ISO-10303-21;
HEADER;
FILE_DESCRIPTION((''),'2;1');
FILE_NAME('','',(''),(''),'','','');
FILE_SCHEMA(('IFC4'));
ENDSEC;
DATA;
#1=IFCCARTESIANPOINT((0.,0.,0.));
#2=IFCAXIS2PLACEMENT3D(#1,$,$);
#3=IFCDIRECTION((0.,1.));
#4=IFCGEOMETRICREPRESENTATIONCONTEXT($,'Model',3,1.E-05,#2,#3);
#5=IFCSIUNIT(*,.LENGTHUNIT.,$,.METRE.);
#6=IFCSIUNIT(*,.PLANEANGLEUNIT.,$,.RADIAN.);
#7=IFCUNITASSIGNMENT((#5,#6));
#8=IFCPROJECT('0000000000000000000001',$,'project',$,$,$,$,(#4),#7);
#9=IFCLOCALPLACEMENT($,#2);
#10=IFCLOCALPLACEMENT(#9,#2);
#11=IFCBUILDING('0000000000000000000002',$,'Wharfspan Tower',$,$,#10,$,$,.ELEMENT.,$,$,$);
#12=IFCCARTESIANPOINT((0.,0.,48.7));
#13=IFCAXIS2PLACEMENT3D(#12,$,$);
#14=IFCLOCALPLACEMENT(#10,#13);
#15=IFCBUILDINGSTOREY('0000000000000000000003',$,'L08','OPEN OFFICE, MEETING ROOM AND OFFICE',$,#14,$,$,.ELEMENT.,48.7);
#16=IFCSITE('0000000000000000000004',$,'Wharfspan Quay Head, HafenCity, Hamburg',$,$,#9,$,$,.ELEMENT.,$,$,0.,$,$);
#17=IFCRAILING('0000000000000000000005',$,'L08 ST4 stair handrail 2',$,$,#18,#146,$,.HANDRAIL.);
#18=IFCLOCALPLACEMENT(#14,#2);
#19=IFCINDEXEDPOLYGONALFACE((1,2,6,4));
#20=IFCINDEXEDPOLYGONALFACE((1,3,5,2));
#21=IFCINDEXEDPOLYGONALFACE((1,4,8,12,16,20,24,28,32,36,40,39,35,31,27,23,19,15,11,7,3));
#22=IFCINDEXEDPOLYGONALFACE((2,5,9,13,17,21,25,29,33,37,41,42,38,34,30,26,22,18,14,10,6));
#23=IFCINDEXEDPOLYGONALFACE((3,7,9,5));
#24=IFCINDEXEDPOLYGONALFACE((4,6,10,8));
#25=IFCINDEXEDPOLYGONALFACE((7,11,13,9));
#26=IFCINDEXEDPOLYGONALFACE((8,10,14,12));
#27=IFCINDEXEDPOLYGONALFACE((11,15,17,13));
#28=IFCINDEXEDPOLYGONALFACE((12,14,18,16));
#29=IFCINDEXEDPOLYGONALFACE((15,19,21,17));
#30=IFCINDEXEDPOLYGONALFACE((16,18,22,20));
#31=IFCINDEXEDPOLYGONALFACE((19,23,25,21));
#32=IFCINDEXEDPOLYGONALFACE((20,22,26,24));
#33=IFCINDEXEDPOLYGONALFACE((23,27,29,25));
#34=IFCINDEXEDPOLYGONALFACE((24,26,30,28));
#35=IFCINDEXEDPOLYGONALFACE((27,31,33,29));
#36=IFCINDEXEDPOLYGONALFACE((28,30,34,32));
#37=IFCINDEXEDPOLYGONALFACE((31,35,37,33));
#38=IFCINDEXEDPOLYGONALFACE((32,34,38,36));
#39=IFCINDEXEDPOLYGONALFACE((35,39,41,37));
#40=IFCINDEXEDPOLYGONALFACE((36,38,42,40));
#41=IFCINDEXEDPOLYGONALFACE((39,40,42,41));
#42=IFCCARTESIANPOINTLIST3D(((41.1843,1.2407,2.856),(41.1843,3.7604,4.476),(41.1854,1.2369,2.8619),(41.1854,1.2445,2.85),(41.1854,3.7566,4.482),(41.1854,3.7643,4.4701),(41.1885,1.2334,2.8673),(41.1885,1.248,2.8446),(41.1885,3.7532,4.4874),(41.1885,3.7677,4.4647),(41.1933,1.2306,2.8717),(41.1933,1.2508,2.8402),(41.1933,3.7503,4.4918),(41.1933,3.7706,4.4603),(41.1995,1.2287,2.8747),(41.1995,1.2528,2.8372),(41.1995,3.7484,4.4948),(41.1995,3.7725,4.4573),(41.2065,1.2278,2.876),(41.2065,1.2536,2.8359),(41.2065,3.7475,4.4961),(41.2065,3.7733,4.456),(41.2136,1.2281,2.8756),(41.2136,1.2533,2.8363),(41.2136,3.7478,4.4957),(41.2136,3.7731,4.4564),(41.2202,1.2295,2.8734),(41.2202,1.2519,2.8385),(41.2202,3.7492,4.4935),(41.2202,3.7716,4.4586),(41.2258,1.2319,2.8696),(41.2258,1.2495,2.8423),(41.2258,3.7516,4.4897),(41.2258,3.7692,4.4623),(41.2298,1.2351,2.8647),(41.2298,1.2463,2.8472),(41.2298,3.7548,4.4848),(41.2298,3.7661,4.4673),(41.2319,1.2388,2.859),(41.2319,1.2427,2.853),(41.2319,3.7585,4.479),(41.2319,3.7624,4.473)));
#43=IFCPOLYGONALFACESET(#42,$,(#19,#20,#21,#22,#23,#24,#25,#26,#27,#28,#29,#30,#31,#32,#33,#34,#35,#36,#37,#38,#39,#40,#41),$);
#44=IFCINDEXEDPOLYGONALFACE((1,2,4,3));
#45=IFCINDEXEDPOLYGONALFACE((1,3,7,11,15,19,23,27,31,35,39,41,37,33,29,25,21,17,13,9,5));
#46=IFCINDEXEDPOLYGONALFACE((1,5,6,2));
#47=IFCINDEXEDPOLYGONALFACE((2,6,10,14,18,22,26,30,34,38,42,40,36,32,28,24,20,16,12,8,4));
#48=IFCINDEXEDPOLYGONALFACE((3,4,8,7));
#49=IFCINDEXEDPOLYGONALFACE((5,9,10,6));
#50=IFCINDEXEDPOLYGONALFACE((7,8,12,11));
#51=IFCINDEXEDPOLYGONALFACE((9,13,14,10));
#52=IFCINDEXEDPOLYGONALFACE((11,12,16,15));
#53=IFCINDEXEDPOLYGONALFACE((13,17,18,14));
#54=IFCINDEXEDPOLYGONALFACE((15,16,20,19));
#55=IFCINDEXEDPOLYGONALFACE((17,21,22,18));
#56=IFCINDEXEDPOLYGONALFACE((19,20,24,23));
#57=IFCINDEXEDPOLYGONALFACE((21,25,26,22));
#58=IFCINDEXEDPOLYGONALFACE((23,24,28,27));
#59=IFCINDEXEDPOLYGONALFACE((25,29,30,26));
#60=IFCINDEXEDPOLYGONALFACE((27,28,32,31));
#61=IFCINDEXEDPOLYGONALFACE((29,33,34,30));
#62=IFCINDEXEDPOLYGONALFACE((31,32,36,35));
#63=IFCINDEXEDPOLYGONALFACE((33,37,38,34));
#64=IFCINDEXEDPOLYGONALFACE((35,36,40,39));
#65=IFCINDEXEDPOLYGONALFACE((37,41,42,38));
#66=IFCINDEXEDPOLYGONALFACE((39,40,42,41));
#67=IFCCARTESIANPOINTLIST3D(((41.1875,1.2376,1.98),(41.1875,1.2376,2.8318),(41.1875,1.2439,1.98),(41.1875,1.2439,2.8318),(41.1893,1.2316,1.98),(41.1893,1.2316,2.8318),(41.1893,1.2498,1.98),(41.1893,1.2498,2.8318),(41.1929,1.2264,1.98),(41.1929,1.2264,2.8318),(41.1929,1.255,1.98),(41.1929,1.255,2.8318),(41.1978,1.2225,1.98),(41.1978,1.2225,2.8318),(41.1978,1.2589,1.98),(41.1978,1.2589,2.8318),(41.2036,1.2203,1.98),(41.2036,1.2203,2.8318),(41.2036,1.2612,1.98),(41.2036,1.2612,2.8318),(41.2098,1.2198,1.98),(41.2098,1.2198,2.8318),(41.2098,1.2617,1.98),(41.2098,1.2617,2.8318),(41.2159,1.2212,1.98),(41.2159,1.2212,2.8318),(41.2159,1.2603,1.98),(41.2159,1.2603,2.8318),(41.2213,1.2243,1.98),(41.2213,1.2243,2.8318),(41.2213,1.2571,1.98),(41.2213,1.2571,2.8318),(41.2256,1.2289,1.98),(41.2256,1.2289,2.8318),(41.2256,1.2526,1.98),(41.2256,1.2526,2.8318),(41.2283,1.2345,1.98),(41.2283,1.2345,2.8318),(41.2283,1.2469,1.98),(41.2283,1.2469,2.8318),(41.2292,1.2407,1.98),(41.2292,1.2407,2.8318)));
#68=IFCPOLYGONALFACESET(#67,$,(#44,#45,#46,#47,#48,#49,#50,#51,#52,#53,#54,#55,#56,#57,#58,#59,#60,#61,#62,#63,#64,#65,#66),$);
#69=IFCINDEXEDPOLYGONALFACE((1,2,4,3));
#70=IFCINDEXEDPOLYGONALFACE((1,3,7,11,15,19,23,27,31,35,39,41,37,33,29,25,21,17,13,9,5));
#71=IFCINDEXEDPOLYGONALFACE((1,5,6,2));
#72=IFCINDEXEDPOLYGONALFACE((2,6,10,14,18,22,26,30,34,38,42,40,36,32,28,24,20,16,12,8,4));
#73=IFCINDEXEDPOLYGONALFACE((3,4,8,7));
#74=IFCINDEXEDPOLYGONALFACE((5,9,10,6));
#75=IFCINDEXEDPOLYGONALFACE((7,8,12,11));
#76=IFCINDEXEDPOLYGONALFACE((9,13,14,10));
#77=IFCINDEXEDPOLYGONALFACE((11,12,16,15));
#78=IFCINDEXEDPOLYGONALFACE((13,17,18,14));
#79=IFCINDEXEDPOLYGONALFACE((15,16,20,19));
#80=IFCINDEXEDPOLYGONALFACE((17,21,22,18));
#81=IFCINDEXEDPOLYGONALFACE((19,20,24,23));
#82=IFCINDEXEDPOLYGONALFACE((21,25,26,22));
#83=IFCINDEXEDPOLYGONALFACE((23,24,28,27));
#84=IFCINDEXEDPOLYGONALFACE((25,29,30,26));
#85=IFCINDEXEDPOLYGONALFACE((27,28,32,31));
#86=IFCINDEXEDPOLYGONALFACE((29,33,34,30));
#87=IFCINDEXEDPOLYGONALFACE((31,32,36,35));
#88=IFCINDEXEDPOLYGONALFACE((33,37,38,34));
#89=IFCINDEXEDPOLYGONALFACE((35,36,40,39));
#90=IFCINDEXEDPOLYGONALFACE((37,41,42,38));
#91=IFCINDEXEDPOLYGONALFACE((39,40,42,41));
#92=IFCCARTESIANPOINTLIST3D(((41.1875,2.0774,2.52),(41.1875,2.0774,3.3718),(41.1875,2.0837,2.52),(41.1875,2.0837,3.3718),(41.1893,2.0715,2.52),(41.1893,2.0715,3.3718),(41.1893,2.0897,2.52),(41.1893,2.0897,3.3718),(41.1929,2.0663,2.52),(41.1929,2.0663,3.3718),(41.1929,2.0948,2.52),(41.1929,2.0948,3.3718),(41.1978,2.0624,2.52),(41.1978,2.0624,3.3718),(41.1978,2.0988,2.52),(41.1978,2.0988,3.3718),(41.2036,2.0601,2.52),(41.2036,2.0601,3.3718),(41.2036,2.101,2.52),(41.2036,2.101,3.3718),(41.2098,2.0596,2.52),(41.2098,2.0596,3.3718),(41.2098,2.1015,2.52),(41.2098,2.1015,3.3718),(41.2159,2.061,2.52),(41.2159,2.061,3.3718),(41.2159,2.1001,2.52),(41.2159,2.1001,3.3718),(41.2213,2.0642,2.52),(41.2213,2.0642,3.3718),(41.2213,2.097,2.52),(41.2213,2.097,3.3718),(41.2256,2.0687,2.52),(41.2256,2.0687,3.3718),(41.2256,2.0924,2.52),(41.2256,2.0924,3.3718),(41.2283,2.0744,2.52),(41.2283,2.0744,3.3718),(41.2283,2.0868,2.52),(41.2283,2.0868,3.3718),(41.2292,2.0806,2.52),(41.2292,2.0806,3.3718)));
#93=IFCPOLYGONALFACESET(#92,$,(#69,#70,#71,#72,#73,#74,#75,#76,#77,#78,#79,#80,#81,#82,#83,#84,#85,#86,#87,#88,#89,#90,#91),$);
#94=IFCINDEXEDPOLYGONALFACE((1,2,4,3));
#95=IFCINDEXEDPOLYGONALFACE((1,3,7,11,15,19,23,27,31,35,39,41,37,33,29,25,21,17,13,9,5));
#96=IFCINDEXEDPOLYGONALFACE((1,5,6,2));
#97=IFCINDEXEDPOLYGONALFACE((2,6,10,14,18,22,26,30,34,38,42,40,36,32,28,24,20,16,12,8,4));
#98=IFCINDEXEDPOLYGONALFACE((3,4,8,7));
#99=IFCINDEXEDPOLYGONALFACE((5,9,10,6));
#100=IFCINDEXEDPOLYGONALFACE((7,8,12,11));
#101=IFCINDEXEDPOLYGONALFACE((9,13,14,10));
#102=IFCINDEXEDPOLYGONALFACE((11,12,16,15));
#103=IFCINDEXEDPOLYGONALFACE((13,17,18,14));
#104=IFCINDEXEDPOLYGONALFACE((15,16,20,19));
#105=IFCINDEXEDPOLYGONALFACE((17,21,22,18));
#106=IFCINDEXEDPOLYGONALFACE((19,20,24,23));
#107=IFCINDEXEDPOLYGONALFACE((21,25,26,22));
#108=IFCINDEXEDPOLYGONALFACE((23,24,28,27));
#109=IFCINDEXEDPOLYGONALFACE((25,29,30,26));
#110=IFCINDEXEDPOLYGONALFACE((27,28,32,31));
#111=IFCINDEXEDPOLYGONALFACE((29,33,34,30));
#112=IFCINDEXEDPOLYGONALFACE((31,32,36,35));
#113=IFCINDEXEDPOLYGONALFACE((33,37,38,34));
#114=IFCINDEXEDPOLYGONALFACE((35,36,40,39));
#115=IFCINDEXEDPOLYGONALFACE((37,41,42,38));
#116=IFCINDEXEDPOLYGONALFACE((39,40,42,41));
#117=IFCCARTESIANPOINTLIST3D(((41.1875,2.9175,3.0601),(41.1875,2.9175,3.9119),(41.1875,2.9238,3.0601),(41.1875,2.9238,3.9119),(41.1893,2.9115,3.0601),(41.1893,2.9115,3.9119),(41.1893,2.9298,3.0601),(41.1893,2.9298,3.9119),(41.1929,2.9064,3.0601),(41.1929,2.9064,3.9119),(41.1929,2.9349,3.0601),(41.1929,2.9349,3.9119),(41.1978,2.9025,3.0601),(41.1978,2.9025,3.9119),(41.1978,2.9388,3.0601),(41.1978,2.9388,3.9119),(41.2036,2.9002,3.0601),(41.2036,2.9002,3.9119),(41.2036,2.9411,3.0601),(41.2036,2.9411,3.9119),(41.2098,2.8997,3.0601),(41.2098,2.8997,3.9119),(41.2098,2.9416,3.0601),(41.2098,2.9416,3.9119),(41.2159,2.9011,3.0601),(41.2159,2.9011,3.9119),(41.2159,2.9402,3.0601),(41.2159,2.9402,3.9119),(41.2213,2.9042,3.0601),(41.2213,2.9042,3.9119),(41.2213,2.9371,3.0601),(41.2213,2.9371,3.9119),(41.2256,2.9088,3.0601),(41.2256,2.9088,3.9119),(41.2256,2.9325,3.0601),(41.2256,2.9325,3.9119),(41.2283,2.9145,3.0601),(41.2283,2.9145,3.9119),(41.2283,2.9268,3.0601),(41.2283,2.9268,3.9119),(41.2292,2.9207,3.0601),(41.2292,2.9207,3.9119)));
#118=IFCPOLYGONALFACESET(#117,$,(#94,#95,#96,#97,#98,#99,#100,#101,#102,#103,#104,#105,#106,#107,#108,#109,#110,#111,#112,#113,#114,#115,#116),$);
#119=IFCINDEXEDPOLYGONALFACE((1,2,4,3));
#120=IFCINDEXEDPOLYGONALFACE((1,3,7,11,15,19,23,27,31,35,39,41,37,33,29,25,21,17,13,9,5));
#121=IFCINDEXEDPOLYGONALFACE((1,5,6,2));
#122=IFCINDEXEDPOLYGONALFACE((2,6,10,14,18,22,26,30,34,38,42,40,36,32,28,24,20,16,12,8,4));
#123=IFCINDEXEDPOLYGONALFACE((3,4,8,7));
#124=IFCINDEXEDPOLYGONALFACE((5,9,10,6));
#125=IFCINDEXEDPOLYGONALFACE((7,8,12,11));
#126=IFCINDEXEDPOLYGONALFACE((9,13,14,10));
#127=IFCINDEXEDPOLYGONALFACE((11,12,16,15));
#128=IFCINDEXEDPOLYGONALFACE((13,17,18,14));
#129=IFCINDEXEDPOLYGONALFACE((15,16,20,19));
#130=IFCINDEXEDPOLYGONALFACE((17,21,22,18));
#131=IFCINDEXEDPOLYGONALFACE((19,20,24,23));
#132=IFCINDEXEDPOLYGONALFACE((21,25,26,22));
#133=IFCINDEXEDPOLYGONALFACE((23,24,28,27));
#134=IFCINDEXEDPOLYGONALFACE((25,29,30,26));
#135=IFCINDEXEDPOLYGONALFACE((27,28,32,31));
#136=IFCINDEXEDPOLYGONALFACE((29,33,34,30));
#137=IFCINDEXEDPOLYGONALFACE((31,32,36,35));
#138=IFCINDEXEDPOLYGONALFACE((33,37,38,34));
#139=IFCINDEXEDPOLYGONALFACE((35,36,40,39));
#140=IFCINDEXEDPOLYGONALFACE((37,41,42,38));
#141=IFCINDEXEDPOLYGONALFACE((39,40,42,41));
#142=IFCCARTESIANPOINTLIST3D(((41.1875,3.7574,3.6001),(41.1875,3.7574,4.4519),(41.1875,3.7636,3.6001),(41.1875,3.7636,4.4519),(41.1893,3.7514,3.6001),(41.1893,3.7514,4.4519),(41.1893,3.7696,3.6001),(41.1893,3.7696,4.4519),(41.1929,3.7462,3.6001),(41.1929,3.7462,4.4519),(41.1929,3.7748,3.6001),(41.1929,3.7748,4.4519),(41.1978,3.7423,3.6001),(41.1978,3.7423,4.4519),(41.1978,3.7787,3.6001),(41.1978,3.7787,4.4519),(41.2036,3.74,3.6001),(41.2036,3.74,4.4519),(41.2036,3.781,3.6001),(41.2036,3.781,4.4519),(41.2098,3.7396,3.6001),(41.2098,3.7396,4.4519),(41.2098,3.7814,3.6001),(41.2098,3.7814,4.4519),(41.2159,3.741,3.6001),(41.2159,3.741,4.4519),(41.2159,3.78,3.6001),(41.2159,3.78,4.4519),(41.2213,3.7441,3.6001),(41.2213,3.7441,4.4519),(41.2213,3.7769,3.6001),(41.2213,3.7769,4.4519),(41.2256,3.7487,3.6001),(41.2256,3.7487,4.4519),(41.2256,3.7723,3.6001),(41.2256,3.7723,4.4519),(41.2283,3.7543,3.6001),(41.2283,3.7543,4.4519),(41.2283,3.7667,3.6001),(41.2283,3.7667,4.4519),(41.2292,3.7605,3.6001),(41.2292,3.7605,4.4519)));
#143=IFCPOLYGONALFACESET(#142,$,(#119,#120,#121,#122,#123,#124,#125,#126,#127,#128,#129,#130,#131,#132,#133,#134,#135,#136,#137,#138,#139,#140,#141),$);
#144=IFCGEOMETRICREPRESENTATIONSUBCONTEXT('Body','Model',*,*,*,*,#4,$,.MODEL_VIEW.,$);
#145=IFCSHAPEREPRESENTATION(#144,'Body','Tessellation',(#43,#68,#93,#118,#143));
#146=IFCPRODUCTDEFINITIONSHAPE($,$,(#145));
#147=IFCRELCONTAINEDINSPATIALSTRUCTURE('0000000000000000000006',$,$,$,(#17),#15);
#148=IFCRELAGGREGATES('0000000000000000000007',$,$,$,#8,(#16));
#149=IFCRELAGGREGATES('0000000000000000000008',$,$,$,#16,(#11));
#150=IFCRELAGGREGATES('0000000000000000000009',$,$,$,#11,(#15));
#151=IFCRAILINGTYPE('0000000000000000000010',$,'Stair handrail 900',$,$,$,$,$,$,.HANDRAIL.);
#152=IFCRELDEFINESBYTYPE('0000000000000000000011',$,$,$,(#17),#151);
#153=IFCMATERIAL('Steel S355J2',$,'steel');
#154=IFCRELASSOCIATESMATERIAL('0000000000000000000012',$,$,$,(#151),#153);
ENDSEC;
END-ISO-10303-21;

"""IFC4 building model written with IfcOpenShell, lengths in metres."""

from ifc_helpers import new_model, si_unit, direction, frame, origin, origin_2d, place, context, subcontext, project, spatial, circle, extrude, material, type_object, element, save


model = new_model("IFC4")

# Units and contexts
model_context = context("Model", 3, precision=1e-05, world=origin(), true_north=direction((0.0, 1.0)))
body_context = subcontext(model_context, "Body", "Model", "MODEL_VIEW")
ifc_project = project(units=[si_unit("LENGTHUNIT", "METRE"), si_unit("PLANEANGLEUNIT", "RADIAN")], contexts=[model_context])

# Site, building, storey
site_placement = place(None, origin())
site = spatial("IfcSite", under=ifc_project, at=site_placement, Name="Wharfspan Quay Head, HafenCity, Hamburg", CompositionType="ELEMENT", RefElevation=0.0)
building_placement = place(site_placement, origin())
building = spatial("IfcBuilding", under=site, at=building_placement, Name="Wharfspan Tower", CompositionType="ELEMENT")
storey_placement = place(building_placement, frame((0.0, 0.0, 48.7)))
storey = spatial("IfcBuildingStorey", under=building, at=storey_placement, Name="L08", Description="OPEN OFFICE, MEETING ROOM AND OFFICE", CompositionType="ELEMENT", Elevation=48.7)

# Shared definitions
ifc_material_1 = material(Name="Steel S355J2", Category="steel")

# Railing
railing_type_1 = type_object("IfcRailingType", Name="Stair handrail 900", PredefinedType="HANDRAIL", material=ifc_material_1)
railing_1_placement = place(storey_placement, frame((41.2083, 1.2407, 1.98)))
element("IfcRailing", 1, at=railing_1_placement, inside=storey, type_object=railing_type_1, Name="L08 ST4 stair handrail 2", PredefinedType="HANDRAIL", context=body_context, shape_type="SweptSolid", body=[
    extrude(circle(Radius=0.0239, at=origin_2d()), frame((0.0, 0.0, 0.876), z_axis=(0.0, 0.841139, 0.540819), x_axis=(-1.0, 0.0, 0.0)), (0.0, 0.0, 1.0), 2.9956),
    extrude(circle(Radius=0.021, at=origin_2d()), origin(), (0.0, 0.0, 1.0), 0.8518),
    extrude(circle(Radius=0.021, at=origin_2d()), frame((0.0, 0.8398, 0.54)), (0.0, 0.0, 1.0), 0.8518),
    extrude(circle(Radius=0.021, at=origin_2d()), frame((0.0, 1.6799, 1.0801)), (0.0, 0.0, 1.0), 0.8518),
    extrude(circle(Radius=0.021, at=origin_2d()), frame((0.0, 2.5198, 1.6201)), (0.0, 0.0, 1.0), 0.8518),
])

save(model, "model.ifc")
